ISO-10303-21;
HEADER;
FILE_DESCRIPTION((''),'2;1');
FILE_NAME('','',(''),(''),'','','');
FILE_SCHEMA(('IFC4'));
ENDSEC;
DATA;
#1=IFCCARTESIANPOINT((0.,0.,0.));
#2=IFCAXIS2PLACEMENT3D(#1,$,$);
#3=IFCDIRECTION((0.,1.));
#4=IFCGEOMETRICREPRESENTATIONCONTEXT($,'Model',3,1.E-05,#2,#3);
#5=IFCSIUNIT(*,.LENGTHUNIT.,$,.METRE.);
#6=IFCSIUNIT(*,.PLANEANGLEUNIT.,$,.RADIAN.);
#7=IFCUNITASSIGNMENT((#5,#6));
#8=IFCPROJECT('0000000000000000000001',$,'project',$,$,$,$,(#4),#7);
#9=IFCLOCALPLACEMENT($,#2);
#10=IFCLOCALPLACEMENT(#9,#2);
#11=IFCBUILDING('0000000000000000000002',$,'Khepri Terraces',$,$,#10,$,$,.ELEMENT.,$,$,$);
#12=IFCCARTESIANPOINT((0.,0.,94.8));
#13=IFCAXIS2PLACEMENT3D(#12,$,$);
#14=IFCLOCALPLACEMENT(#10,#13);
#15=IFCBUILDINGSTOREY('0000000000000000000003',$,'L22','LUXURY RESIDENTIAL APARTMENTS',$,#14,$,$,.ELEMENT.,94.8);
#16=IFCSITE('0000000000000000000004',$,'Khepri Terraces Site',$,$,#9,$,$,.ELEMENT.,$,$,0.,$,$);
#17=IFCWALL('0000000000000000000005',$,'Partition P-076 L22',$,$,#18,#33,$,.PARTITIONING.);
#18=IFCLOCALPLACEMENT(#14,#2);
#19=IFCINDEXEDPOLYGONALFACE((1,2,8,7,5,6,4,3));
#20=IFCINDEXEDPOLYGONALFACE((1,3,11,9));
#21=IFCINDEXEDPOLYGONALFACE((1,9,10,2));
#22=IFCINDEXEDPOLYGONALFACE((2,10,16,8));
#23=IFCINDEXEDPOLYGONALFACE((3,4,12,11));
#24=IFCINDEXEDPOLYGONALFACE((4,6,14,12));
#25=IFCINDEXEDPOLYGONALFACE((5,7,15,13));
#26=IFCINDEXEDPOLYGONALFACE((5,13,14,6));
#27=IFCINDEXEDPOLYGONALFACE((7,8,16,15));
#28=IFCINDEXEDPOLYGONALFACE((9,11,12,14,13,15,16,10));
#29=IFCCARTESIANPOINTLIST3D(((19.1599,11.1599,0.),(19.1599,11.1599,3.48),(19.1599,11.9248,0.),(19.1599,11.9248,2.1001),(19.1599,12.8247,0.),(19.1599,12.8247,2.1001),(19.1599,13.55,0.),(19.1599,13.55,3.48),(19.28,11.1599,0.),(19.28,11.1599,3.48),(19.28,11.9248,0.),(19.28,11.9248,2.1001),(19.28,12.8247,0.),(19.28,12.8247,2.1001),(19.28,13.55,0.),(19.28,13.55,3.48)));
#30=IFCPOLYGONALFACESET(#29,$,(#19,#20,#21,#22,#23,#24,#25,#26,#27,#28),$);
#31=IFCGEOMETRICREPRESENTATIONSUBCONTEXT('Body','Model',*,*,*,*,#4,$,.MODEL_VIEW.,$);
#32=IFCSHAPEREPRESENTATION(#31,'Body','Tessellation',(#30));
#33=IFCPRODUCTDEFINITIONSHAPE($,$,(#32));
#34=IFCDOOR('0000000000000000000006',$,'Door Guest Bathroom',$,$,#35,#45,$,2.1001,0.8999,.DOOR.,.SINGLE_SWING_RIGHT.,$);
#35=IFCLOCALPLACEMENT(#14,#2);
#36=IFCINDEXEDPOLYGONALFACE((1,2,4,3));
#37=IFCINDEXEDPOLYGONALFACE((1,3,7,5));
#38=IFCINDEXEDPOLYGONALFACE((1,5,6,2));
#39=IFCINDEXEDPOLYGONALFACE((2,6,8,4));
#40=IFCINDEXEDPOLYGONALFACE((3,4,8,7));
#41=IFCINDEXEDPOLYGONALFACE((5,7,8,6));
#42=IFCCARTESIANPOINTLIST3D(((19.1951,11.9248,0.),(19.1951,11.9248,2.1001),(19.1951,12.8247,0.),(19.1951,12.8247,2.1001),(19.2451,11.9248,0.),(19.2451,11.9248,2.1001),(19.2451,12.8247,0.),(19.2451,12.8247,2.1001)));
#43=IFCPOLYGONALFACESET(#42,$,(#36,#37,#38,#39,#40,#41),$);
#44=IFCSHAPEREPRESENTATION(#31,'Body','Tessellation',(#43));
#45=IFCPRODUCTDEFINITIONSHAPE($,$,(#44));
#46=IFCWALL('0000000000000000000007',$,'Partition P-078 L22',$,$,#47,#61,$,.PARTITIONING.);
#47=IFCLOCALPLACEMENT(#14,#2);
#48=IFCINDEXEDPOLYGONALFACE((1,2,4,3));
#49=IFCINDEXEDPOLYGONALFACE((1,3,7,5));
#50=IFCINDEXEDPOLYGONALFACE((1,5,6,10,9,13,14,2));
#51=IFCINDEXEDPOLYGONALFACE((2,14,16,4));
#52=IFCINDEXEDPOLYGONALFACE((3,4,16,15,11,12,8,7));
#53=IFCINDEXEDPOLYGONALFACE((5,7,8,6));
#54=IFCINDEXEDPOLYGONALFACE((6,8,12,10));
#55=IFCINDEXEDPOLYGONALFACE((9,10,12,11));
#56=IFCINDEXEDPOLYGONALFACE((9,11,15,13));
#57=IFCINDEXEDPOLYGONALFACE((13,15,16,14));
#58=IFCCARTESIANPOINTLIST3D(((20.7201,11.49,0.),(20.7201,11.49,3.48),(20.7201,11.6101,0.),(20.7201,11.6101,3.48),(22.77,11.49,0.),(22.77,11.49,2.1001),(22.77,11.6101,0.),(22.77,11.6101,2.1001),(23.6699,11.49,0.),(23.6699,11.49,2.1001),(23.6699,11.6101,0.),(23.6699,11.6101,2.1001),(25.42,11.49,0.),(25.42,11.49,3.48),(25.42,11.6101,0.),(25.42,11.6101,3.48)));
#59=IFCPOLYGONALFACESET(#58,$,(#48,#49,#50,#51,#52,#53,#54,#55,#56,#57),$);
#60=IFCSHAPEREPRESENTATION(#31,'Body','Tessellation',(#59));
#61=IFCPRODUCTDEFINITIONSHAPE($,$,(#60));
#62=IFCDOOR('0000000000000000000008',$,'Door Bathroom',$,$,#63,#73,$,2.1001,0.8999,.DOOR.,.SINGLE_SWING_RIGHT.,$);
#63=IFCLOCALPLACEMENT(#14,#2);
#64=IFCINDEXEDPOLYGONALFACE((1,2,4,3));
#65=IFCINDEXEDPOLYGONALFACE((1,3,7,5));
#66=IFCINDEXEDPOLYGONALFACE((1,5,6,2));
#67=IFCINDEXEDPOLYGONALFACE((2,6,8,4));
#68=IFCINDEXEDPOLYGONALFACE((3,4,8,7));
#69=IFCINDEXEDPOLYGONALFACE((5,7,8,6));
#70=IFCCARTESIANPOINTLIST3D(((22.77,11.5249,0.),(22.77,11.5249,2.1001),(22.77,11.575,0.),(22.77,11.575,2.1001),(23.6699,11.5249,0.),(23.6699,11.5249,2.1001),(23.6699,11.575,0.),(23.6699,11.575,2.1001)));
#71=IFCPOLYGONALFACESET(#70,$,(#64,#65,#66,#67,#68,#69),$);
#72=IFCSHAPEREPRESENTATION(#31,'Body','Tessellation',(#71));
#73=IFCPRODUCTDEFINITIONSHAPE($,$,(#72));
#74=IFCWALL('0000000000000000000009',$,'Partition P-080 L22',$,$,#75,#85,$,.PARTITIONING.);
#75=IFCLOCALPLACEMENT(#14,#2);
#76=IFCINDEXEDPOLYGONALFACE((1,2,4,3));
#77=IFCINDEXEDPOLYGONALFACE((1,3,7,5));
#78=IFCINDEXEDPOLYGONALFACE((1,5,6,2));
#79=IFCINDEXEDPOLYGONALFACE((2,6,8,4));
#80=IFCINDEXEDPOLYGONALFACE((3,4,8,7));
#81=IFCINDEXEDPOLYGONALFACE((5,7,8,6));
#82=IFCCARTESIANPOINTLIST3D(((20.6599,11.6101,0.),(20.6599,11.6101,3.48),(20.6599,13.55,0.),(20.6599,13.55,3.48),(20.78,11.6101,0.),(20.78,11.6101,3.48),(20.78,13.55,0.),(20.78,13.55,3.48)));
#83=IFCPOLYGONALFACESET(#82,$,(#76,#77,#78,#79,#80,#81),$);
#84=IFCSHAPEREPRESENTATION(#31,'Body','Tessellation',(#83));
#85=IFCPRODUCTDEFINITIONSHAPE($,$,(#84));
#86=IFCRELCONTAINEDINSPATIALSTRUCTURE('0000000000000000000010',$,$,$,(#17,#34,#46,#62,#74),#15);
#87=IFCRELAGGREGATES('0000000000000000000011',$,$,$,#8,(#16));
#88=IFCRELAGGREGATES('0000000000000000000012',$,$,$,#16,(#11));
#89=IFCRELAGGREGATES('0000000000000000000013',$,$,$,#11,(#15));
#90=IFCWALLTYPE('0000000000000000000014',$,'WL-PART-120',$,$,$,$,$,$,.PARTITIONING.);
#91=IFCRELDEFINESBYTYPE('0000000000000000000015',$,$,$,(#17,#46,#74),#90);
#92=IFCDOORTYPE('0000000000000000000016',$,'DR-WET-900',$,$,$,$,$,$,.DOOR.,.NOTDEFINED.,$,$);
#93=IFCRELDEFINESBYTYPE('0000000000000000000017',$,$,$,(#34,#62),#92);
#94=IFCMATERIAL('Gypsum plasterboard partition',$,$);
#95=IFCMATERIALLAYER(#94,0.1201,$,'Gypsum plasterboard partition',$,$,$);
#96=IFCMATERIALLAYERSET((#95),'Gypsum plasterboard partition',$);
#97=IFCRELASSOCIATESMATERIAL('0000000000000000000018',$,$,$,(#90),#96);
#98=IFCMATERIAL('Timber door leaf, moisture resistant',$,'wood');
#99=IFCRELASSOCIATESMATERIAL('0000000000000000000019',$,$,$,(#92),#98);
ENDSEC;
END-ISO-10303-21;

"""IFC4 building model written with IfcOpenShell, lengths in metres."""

from ifc_helpers import new_model, si_unit, direction, frame, frame_2d, origin, place, context, subcontext, project, spatial, rectangle, extrude, material, layer, layer_set, type_object, element, fill, save


model = new_model("IFC4")

# Units and contexts
model_context = context("Model", 3, precision=1e-05, world=origin(), true_north=direction((0.0, 1.0)))
body_context = subcontext(model_context, "Body", "Model", "MODEL_VIEW")
ifc_project = project(units=[si_unit("LENGTHUNIT", "METRE"), si_unit("PLANEANGLEUNIT", "RADIAN")], contexts=[model_context])

# Site, building, storey
site_placement = place(None, origin())
site = spatial("IfcSite", under=ifc_project, at=site_placement, Name="Khepri Terraces Site", CompositionType="ELEMENT", RefElevation=0.0)
building_placement = place(site_placement, origin())
building = spatial("IfcBuilding", under=site, at=building_placement, Name="Khepri Terraces", CompositionType="ELEMENT")
storey_placement = place(building_placement, frame((0.0, 0.0, 94.8)))
storey = spatial("IfcBuildingStorey", under=building, at=storey_placement, Name="L22", Description="LUXURY RESIDENTIAL APARTMENTS", CompositionType="ELEMENT", Elevation=94.8)

# Shared definitions
ifc_material_1 = material(Name="Gypsum plasterboard partition")
ifc_layer_1 = layer(ifc_material_1, 0.1201, Name="Gypsum plasterboard partition")
ifc_layer_set_1 = layer_set([ifc_layer_1], Name="Gypsum plasterboard partition")
wall_type_1 = type_object("IfcWallType", Name="WL-PART-120", PredefinedType="PARTITIONING", material=ifc_layer_set_1)

# Walls, openings, doors
wall_1_placement = place(storey_placement, frame((19.22, 11.1599, 0.0), z_axis=(0.0, 0.0, 1.0), x_axis=(0.0, 1.0, 0.0)))
wall_1 = element("IfcWall", 1, at=wall_1_placement, inside=storey, type_object=wall_type_1, Name="Partition P-076 L22", PredefinedType="PARTITIONING", context=body_context, shape_type="SweptSolid", body=[
    extrude(rectangle(XDim=2.3901, YDim=0.1201, at=frame_2d((1.1951, 0.0))), origin(), (0.0, 0.0, 1.0), 3.48),
])
opening_1_placement = place(wall_1_placement, frame((0.7649, 0.0, 0.0)))
opening_1 = element("IfcOpeningElement", 2, at=opening_1_placement, cuts=wall_1, PredefinedType="OPENING", context=body_context, shape_type="SweptSolid", body=[
    extrude(rectangle(XDim=0.8999, YDim=2.1001, at=frame_2d((0.45, 1.05))), frame((0.0, 0.0701, 0.0), z_axis=(0.0, -1.0, 0.0), x_axis=(1.0, 0.0, 0.0)), (0.0, 0.0, 1.0), 0.1401),
])
ifc_material_2 = material(Name="Timber door leaf, moisture resistant", Category="wood")
door_type_1 = type_object("IfcDoorType", Name="DR-WET-900", OperationType="NOTDEFINED", PredefinedType="DOOR", material=ifc_material_2)
door_1_placement = place(opening_1_placement, origin())
door_1 = element("IfcDoor", 3, at=door_1_placement, inside=storey, type_object=door_type_1, Name="Door Guest Bathroom", OperationType="SINGLE_SWING_RIGHT", OverallHeight=2.1001, OverallWidth=0.8999, PredefinedType="DOOR", context=body_context, shape_type="SweptSolid", body=[
    extrude(rectangle(XDim=0.8999, YDim=2.1001, at=frame_2d((0.45, 1.05))), frame((0.0, 0.0249, 0.0), z_axis=(0.0, -1.0, 0.0), x_axis=(1.0, 0.0, 0.0)), (0.0, 0.0, 1.0), 0.05),
])
fill(opening_1, door_1)
wall_2_placement = place(storey_placement, frame((20.72, 11.55, 0.0), z_axis=(0.0, 0.0, 1.0), x_axis=(1.0, 0.0, 0.0)))
wall_2 = element("IfcWall", 4, at=wall_2_placement, inside=storey, type_object=wall_type_1, Name="Partition P-078 L22", PredefinedType="PARTITIONING", context=body_context, shape_type="SweptSolid", body=[
    extrude(rectangle(XDim=4.7, YDim=0.1201, at=frame_2d((2.3501, 0.0))), origin(), (0.0, 0.0, 1.0), 3.48),
])
opening_2_placement = place(wall_2_placement, frame((2.05, 0.0, 0.0)))
opening_2 = element("IfcOpeningElement", 5, at=opening_2_placement, cuts=wall_2, PredefinedType="OPENING", context=body_context, shape_type="SweptSolid", body=[
    extrude(rectangle(XDim=0.8999, YDim=2.1001, at=frame_2d((0.45, 1.05))), frame((0.0, 0.0701, 0.0), z_axis=(0.0, -1.0, 0.0), x_axis=(1.0, 0.0, 0.0)), (0.0, 0.0, 1.0), 0.1401),
])
door_2_placement = place(opening_2_placement, origin())
door_2 = element("IfcDoor", 6, at=door_2_placement, inside=storey, type_object=door_type_1, Name="Door Bathroom", OperationType="SINGLE_SWING_RIGHT", OverallHeight=2.1001, OverallWidth=0.8999, PredefinedType="DOOR", context=body_context, shape_type="SweptSolid", body=[
    extrude(rectangle(XDim=0.8999, YDim=2.1001, at=frame_2d((0.45, 1.05))), frame((0.0, 0.0249, 0.0), z_axis=(0.0, -1.0, 0.0), x_axis=(1.0, 0.0, 0.0)), (0.0, 0.0, 1.0), 0.05),
])
fill(opening_2, door_2)

# Wall
wall_3_placement = place(storey_placement, frame((20.72, 11.6101, 0.0), z_axis=(0.0, 0.0, 1.0), x_axis=(0.0, 1.0, 0.0)))
element("IfcWall", 7, at=wall_3_placement, inside=storey, type_object=wall_type_1, Name="Partition P-080 L22", PredefinedType="PARTITIONING", context=body_context, shape_type="SweptSolid", body=[
    extrude(rectangle(XDim=1.9399, YDim=0.1201, at=frame_2d((0.97, 0.0))), origin(), (0.0, 0.0, 1.0), 3.48),
])

save(model, "model.ifc")
